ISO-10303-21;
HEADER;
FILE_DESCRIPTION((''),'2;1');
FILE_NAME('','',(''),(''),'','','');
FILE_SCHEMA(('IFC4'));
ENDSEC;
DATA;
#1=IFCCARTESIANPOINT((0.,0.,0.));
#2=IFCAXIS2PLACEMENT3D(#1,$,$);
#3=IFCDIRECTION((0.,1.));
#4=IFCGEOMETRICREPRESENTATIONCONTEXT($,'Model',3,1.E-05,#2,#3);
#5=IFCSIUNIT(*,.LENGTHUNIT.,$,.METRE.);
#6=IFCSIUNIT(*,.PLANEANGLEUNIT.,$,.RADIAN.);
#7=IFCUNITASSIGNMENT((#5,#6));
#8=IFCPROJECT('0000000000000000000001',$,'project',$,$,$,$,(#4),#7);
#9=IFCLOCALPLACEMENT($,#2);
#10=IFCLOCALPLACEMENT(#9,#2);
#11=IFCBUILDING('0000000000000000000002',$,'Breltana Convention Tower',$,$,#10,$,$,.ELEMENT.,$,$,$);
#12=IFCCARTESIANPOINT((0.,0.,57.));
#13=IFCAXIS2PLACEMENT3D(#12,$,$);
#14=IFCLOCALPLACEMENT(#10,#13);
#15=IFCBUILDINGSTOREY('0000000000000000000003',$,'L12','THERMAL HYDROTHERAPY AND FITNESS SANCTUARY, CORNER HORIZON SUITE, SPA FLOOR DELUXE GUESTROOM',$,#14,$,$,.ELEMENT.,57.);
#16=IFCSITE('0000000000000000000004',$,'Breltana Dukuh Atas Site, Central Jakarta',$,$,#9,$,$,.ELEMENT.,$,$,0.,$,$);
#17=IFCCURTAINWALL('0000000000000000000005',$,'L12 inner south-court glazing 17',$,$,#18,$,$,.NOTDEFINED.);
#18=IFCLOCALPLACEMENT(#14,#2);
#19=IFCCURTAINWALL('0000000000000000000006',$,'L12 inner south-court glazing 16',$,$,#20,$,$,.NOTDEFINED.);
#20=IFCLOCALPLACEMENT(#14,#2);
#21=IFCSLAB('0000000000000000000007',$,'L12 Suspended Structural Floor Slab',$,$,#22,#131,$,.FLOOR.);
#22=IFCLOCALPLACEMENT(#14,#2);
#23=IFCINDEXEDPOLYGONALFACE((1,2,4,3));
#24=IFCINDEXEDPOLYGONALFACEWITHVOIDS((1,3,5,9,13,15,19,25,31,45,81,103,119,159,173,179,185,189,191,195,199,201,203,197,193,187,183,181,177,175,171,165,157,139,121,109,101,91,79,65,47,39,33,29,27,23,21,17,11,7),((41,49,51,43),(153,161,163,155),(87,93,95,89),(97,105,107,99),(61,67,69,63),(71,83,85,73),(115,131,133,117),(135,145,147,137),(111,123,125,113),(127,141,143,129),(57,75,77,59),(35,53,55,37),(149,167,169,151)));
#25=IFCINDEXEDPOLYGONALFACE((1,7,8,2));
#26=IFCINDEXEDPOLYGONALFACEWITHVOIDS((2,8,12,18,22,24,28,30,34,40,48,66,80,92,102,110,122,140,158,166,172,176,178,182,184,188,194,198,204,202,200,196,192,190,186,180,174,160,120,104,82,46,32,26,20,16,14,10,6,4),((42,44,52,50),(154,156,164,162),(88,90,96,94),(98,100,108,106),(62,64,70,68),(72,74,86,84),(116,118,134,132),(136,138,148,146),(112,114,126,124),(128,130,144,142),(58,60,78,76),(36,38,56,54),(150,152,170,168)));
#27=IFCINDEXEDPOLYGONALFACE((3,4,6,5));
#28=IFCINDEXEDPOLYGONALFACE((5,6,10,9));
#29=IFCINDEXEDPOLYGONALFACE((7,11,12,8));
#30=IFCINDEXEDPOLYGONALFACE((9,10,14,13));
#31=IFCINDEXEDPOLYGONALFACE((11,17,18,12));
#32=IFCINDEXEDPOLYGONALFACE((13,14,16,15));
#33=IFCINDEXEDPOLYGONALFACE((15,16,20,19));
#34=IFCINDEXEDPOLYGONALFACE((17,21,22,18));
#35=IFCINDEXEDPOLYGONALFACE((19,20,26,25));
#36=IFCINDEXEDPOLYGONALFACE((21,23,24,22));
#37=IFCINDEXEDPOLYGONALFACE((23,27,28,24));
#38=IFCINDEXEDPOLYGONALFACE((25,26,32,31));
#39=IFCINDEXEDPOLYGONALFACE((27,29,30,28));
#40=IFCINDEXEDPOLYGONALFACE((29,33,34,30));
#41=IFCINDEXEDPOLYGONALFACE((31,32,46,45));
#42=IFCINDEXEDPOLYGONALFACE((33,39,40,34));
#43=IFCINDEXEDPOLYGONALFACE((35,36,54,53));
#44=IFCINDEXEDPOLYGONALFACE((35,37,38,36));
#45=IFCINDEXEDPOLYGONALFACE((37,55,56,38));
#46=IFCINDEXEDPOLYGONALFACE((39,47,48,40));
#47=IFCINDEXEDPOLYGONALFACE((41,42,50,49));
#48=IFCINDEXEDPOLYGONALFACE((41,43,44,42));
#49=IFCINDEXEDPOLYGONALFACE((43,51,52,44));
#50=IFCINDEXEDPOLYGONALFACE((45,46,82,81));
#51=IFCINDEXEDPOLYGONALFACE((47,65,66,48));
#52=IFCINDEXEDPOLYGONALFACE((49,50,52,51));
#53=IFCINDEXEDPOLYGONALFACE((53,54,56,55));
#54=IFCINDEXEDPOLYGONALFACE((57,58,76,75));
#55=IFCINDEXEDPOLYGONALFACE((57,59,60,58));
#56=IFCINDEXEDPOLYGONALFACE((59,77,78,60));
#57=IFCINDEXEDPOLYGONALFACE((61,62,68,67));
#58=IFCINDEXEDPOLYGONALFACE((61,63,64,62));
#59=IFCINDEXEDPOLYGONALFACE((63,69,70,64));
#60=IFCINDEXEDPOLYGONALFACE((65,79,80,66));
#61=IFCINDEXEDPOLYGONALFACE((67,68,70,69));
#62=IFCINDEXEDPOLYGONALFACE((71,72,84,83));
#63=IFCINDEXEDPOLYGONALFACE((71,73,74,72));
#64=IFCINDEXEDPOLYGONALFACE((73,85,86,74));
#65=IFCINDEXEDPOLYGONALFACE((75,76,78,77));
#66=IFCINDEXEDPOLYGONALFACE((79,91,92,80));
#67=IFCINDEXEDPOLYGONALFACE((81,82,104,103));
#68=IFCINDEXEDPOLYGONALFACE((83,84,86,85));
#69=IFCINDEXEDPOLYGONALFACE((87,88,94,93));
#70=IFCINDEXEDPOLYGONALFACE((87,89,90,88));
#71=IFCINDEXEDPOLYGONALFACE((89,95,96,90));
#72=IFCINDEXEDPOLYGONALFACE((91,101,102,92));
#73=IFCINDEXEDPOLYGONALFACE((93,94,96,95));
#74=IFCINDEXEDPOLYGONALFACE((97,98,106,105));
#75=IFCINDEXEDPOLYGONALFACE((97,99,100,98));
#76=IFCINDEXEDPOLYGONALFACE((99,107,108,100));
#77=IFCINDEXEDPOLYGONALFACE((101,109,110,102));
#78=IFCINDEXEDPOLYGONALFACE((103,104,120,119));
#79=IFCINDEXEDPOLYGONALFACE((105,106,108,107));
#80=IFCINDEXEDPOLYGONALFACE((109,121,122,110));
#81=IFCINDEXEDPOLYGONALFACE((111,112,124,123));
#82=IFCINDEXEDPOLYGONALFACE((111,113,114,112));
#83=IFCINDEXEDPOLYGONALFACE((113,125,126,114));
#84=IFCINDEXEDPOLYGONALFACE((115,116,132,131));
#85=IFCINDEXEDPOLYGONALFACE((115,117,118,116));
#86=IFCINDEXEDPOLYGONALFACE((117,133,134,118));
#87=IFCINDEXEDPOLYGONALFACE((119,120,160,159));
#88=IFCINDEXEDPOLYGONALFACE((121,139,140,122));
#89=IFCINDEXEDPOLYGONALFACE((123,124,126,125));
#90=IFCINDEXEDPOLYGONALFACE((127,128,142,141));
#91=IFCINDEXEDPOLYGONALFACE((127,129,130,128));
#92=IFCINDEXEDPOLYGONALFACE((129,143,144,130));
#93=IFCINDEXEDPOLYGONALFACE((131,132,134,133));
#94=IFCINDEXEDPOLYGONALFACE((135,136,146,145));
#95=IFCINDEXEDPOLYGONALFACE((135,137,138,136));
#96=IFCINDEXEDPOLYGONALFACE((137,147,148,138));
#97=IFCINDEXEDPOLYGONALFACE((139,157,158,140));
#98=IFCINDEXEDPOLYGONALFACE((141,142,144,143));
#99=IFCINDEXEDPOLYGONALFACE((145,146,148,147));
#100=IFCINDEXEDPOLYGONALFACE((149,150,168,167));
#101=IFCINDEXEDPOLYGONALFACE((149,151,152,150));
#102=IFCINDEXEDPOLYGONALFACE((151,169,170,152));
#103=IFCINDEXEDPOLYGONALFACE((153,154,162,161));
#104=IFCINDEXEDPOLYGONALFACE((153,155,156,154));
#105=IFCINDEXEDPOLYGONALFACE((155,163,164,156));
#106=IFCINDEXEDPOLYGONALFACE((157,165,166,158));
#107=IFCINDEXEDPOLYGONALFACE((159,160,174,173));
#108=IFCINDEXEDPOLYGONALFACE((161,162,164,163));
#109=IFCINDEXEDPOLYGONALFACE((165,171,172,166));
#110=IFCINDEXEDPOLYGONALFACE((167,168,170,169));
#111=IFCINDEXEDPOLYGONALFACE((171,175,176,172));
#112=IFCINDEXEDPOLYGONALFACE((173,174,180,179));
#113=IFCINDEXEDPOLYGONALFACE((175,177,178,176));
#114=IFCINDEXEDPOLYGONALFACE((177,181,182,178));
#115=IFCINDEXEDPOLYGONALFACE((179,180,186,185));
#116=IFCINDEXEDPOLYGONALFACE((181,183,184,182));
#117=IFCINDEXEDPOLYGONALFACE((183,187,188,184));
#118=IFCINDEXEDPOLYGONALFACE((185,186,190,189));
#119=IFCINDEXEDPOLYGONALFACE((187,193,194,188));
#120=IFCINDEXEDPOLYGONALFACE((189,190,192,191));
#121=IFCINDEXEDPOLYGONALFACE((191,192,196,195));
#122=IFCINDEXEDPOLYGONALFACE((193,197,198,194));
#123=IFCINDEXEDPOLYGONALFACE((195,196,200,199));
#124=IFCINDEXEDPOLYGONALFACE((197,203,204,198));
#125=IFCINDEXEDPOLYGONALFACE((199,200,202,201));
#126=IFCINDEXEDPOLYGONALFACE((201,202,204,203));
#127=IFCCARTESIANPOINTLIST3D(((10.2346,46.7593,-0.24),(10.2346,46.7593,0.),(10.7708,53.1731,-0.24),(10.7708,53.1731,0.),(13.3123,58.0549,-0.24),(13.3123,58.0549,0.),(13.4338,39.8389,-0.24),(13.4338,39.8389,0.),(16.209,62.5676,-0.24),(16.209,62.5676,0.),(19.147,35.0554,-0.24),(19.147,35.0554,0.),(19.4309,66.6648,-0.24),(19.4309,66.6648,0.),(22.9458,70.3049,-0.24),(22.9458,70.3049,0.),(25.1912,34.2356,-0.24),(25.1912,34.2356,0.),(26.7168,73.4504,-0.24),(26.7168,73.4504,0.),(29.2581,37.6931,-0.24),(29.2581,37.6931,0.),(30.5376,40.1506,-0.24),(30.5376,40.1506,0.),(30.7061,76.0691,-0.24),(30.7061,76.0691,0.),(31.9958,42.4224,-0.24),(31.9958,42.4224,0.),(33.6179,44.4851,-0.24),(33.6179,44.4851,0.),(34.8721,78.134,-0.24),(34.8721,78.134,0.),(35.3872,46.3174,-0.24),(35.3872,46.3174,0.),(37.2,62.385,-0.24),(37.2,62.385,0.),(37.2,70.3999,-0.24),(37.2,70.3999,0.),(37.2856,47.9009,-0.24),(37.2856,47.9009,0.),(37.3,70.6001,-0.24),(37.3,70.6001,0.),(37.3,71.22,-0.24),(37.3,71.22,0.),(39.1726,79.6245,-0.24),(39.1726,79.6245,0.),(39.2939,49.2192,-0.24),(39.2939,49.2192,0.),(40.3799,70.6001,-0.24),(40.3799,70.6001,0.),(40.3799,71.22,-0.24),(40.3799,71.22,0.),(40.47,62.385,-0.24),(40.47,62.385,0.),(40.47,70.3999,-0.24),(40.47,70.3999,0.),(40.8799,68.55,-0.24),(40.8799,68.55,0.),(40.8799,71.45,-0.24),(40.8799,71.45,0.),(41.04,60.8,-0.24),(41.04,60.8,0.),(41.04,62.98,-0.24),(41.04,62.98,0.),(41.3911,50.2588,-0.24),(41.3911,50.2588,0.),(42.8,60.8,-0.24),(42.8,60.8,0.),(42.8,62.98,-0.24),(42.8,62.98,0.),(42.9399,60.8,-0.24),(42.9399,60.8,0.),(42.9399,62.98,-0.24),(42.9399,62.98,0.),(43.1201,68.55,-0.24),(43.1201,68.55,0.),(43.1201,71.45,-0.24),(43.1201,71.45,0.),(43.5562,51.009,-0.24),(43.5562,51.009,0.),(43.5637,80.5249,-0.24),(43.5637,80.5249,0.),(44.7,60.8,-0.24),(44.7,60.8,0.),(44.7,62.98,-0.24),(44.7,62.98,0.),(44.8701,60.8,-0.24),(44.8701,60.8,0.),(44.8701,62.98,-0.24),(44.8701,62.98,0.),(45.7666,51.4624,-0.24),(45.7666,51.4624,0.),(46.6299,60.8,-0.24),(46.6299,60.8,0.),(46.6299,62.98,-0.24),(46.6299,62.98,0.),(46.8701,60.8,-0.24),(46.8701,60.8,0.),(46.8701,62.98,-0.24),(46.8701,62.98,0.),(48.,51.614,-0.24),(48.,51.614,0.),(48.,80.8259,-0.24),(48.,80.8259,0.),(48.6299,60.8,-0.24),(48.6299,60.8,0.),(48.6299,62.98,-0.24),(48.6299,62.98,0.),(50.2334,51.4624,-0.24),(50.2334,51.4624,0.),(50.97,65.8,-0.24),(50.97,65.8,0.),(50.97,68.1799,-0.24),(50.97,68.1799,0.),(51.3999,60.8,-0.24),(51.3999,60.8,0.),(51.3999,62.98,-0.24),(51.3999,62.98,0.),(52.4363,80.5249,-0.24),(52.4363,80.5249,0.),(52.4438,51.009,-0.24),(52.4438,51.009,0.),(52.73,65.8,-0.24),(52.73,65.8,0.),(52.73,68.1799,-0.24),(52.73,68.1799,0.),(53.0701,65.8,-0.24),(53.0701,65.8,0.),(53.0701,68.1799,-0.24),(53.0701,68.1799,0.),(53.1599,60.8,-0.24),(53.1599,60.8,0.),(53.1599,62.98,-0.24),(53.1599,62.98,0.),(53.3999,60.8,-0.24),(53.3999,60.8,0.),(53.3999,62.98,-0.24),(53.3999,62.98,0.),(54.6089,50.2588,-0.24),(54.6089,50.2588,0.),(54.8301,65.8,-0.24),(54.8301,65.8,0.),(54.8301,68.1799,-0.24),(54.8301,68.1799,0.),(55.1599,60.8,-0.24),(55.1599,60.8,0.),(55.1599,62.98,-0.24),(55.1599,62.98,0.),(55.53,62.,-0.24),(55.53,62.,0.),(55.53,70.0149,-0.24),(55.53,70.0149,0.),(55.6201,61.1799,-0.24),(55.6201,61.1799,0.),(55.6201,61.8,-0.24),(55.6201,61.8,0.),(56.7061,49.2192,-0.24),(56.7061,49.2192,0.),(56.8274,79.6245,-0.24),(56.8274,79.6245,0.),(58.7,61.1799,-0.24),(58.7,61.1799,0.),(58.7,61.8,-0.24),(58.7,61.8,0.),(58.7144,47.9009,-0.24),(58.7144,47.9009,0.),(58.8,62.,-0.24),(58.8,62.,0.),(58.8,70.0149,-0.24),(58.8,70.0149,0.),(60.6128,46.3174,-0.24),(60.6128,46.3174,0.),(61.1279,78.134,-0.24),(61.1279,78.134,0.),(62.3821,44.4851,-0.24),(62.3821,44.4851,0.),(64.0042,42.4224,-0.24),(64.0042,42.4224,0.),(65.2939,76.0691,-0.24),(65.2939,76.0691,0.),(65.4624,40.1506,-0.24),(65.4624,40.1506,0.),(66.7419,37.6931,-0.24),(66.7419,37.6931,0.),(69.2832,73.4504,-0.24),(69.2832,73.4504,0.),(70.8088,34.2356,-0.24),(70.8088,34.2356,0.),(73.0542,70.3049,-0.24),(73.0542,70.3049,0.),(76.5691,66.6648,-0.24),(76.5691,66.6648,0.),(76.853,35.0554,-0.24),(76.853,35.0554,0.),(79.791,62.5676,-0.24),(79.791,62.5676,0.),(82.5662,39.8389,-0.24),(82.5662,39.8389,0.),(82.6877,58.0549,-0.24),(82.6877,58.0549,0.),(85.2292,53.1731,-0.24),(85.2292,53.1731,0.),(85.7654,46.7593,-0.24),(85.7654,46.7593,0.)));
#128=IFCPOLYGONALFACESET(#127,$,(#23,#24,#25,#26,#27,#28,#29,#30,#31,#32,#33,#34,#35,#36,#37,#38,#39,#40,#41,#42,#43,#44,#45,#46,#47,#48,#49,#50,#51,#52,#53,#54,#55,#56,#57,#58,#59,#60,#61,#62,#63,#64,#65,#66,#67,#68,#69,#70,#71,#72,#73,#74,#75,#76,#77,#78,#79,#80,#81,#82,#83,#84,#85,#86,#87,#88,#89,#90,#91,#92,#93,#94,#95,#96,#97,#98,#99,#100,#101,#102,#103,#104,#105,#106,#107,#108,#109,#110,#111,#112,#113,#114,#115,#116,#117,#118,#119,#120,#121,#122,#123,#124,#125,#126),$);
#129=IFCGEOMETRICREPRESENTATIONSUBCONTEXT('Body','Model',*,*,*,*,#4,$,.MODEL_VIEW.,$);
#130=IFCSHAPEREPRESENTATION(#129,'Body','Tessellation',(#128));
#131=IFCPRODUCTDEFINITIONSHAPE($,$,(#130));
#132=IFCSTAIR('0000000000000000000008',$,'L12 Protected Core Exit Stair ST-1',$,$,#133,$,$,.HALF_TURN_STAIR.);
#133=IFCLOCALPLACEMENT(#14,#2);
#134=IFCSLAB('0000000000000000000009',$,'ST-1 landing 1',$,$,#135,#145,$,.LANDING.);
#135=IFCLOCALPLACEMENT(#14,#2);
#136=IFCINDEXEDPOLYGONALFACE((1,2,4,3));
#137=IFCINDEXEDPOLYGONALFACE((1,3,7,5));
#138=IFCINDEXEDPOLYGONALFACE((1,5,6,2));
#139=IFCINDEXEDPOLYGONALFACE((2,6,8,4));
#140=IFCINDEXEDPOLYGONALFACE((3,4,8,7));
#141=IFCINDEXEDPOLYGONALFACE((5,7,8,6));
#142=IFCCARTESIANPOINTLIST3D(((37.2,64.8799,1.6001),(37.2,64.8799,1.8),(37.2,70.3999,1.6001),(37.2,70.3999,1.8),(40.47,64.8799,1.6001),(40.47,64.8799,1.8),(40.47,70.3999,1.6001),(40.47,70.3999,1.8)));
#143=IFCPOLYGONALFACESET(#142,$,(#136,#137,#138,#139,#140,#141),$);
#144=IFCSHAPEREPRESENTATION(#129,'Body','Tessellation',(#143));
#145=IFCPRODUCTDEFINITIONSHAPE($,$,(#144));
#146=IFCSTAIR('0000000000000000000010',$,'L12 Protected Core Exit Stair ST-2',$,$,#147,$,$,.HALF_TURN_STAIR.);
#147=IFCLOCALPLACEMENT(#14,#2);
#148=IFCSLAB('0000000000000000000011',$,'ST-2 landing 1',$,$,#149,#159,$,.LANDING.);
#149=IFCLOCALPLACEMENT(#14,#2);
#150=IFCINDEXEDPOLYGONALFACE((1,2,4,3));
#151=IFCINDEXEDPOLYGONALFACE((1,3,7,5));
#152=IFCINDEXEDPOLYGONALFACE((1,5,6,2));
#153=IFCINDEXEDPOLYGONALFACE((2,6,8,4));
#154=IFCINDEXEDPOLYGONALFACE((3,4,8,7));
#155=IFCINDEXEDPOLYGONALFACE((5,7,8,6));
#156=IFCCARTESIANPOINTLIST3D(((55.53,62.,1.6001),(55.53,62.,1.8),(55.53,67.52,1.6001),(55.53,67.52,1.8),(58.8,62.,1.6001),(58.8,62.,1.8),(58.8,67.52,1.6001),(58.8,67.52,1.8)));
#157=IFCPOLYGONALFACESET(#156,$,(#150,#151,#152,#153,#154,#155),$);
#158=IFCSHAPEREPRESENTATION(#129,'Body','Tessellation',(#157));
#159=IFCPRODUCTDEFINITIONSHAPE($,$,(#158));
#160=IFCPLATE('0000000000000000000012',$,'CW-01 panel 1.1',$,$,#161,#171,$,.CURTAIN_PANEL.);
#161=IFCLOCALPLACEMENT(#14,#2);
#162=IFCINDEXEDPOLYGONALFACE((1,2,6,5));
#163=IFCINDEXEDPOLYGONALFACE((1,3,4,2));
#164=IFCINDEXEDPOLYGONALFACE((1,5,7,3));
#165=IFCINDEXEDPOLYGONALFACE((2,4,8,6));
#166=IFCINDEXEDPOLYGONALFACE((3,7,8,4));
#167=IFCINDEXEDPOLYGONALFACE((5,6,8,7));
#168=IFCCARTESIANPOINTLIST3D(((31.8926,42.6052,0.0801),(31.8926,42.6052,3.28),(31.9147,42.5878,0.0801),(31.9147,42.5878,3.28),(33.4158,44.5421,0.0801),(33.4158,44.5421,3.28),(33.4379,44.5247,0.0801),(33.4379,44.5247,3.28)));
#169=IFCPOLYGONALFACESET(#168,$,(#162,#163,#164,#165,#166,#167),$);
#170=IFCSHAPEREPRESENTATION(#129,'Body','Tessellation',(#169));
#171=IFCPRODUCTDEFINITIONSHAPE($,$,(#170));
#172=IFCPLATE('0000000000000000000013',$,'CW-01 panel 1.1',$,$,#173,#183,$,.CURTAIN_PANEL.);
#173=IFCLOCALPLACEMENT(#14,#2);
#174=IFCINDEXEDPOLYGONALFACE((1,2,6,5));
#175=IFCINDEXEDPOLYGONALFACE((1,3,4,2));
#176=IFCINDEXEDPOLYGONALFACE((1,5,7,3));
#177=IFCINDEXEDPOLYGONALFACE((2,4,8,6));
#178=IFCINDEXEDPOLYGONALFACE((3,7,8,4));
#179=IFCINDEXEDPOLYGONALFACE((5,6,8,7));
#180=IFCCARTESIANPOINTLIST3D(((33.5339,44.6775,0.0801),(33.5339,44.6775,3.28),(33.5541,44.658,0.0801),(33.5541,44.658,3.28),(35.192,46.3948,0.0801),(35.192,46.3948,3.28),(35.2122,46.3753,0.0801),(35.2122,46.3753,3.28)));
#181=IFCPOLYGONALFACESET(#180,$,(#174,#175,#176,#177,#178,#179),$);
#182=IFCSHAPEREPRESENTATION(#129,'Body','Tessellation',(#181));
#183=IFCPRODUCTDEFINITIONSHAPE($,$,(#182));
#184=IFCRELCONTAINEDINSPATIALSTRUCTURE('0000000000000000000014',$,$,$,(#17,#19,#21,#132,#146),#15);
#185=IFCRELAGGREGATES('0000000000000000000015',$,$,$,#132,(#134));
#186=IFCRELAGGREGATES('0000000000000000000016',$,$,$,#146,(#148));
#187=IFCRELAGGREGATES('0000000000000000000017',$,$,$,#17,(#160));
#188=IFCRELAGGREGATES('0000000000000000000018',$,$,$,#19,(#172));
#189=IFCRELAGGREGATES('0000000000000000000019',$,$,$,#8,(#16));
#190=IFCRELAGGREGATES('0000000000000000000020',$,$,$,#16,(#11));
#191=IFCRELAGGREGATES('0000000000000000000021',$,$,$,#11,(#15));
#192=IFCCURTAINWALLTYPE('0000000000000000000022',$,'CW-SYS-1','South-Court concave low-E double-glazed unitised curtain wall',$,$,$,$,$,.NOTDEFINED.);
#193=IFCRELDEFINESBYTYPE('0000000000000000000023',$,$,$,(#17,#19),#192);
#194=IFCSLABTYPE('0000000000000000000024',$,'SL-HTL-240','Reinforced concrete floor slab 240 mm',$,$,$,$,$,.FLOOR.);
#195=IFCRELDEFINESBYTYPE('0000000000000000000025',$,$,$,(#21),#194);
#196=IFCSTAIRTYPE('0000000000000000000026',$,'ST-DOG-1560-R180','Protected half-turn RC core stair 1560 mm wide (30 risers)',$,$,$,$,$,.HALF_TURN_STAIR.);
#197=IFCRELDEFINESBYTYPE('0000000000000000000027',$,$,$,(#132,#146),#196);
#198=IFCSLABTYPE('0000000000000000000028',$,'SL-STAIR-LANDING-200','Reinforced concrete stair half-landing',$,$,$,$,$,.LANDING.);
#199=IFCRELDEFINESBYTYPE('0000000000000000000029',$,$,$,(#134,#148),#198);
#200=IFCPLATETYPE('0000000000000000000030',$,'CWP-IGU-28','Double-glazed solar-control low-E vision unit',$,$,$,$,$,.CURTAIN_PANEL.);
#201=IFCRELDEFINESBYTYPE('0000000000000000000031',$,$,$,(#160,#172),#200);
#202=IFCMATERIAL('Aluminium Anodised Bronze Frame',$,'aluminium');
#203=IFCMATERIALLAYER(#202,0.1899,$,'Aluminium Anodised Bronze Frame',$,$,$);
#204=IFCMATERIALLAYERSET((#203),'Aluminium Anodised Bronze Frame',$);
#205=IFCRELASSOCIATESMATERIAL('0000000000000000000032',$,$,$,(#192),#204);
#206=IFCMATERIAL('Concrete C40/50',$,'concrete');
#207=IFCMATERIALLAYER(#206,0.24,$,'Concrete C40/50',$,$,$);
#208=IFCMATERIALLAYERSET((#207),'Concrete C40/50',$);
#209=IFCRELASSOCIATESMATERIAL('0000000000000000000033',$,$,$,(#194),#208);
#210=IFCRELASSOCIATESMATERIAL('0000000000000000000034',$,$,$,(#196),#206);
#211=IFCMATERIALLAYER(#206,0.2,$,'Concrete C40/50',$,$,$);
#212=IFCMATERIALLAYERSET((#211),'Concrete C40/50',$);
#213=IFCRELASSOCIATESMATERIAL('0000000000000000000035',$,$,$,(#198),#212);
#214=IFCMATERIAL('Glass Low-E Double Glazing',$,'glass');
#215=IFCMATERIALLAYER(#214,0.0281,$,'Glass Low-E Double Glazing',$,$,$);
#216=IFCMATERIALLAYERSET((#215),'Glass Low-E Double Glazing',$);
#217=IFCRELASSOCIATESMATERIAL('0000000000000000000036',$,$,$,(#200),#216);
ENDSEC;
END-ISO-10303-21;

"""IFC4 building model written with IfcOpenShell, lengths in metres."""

from ifc_helpers import new_model, si_unit, direction, frame, origin, origin_2d, place, context, subcontext, project, spatial, polyline, rectangle, outline, extrude, source, transform, mapped, material, layer, layer_set, type_object, element, aggregate, save


model = new_model("IFC4")

# Units and contexts
model_context = context("Model", 3, precision=1e-05, world=origin(), true_north=direction((0.0, 1.0)))
body_context = subcontext(model_context, "Body", "Model", "MODEL_VIEW")
ifc_project = project(units=[si_unit("LENGTHUNIT", "METRE"), si_unit("PLANEANGLEUNIT", "RADIAN")], contexts=[model_context])

# Site, building, storey
site_placement = place(None, origin())
site = spatial("IfcSite", under=ifc_project, at=site_placement, Name="Breltana Dukuh Atas Site, Central Jakarta", CompositionType="ELEMENT", RefElevation=0.0)
building_placement = place(site_placement, origin())
building = spatial("IfcBuilding", under=site, at=building_placement, Name="Breltana Convention Tower", CompositionType="ELEMENT")
storey_placement = place(building_placement, frame((0.0, 0.0, 57.0)))
storey = spatial("IfcBuildingStorey", under=building, at=storey_placement, Name="L12", Description="THERMAL HYDROTHERAPY AND FITNESS SANCTUARY, CORNER HORIZON SUITE, SPA FLOOR DELUXE GUESTROOM", CompositionType="ELEMENT", Elevation=57.0)

# Curtain wall
ifc_material_1 = material(Name="Aluminium Anodised Bronze Frame", Category="aluminium")
ifc_layer_1 = layer(ifc_material_1, 0.1899, Name="Aluminium Anodised Bronze Frame")
ifc_layer_set_1 = layer_set([ifc_layer_1], Name="Aluminium Anodised Bronze Frame")
curtain_wall_type = type_object("IfcCurtainWallType", Name="CW-SYS-1", Description="South-Court concave low-E double-glazed unitised curtain wall", PredefinedType="NOTDEFINED", material=ifc_layer_set_1)
curtain_wall_1_placement = place(storey_placement, origin())
curtain_wall_1 = element("IfcCurtainWall", 1, at=curtain_wall_1_placement, inside=storey, type_object=curtain_wall_type, Name="L12 inner south-court glazing 17", PredefinedType="NOTDEFINED")

# Curtain wall
curtain_wall_2_placement = place(storey_placement, origin())
curtain_wall_2 = element("IfcCurtainWall", 2, at=curtain_wall_2_placement, inside=storey, type_object=curtain_wall_type, Name="L12 inner south-court glazing 16", PredefinedType="NOTDEFINED")

# Slab
ifc_material_2 = material(Name="Concrete C40/50", Category="concrete")
ifc_layer_2 = layer(ifc_material_2, 0.24, Name="Concrete C40/50")
ifc_layer_set_2 = layer_set([ifc_layer_2], Name="Concrete C40/50")
slab_type_1 = type_object("IfcSlabType", Name="SL-HTL-240", Description="Reinforced concrete floor slab 240 mm", PredefinedType="FLOOR", material=ifc_layer_set_2)
slab_1_placement = place(storey_placement, frame((0.0, 0.0, -0.24)))
element("IfcSlab", 3, at=slab_1_placement, inside=storey, type_object=slab_type_1, Name="L12 Suspended Structural Floor Slab", PredefinedType="FLOOR", context=body_context, shape_type="SweptSolid", body=[
    extrude(outline(polyline([(85.2292, 53.1731), (82.6877, 58.0549), (79.791, 62.5676), (76.5691, 66.6648), (73.0542, 70.3049), (69.2832, 73.4504), (65.2939, 76.0691), (61.1279, 78.134), (56.8274, 79.6245), (52.4363, 80.5249), (48.0, 80.8259), (43.5637, 80.5249), (39.1726, 79.6245), (34.8721, 78.134), (30.7061, 76.0691), (26.7168, 73.4504), (22.9458, 70.3049), (19.4309, 66.6648), (16.209, 62.5676), (13.3123, 58.0549), (10.7708, 53.1731), (10.2346, 46.7593), (13.4338, 39.8389), (19.147, 35.0554), (25.1912, 34.2356), (29.2581, 37.6931), (30.5376, 40.1506), (31.9958, 42.4224), (33.6179, 44.4851), (35.3872, 46.3174), (37.2856, 47.9009), (39.2939, 49.2192), (41.3911, 50.2588), (43.5562, 51.009), (45.7666, 51.4624), (48.0, 51.614), (50.2334, 51.4624), (52.4438, 51.009), (54.6089, 50.2588), (56.7061, 49.2192), (58.7144, 47.9009), (60.6128, 46.3174), (62.3821, 44.4851), (64.0042, 42.4224), (65.4624, 40.1506), (66.7419, 37.6931), (70.8088, 34.2356), (76.853, 35.0554), (82.5662, 39.8389), (85.7654, 46.7593), (85.2292, 53.1731)]), holes=[polyline([(37.2, 62.385), (40.47, 62.385), (40.47, 70.3999), (37.2, 70.3999), (37.2, 62.385)]), polyline([(55.53, 62.0), (58.8, 62.0), (58.8, 70.0149), (55.53, 70.0149), (55.53, 62.0)]), polyline([(41.04, 60.8), (42.8, 60.8), (42.8, 62.98), (41.04, 62.98), (41.04, 60.8)]), polyline([(42.9399, 60.8), (44.7, 60.8), (44.7, 62.98), (42.9399, 62.98), (42.9399, 60.8)]), polyline([(44.8701, 60.8), (46.6299, 60.8), (46.6299, 62.98), (44.8701, 62.98), (44.8701, 60.8)]), polyline([(46.8701, 60.8), (48.6299, 60.8), (48.6299, 62.98), (46.8701, 62.98), (46.8701, 60.8)]), polyline([(51.3999, 60.8), (53.1599, 60.8), (53.1599, 62.98), (51.3999, 62.98), (51.3999, 60.8)]), polyline([(53.3999, 60.8), (55.1599, 60.8), (55.1599, 62.98), (53.3999, 62.98), (53.3999, 60.8)]), polyline([(50.97, 65.8), (52.73, 65.8), (52.73, 68.1799), (50.97, 68.1799), (50.97, 65.8)]), polyline([(53.0701, 65.8), (54.8301, 65.8), (54.8301, 68.1799), (53.0701, 68.1799), (53.0701, 65.8)]), polyline([(40.8799, 68.55), (43.1201, 68.55), (43.1201, 71.45), (40.8799, 71.45), (40.8799, 68.55)]), polyline([(37.3, 70.6001), (40.3799, 70.6001), (40.3799, 71.22), (37.3, 71.22), (37.3, 70.6001)]), polyline([(55.6201, 61.1799), (58.7, 61.1799), (58.7, 61.8), (55.6201, 61.8), (55.6201, 61.1799)])]), origin(), (0.0, 0.0, 1.0), 0.24),
])

# Stairs, slabs
stair_type = type_object("IfcStairType", Name="ST-DOG-1560-R180", Description="Protected half-turn RC core stair 1560 mm wide (30 risers)", PredefinedType="HALF_TURN_STAIR", material=ifc_material_2)
stair_1_placement = place(storey_placement, origin())
stair_1 = element("IfcStair", 4, at=stair_1_placement, inside=storey, type_object=stair_type, Name="L12 Protected Core Exit Stair ST-1", PredefinedType="HALF_TURN_STAIR")
ifc_layer_3 = layer(ifc_material_2, 0.2, Name="Concrete C40/50")
ifc_layer_set_3 = layer_set([ifc_layer_3], Name="Concrete C40/50")
slab_type_2 = type_object("IfcSlabType", Name="SL-STAIR-LANDING-200", Description="Reinforced concrete stair half-landing", PredefinedType="LANDING", material=ifc_layer_set_3)
slab_2_placement = place(storey_placement, frame((0.0, 0.0, 1.6001)))
slab_2 = element("IfcSlab", 5, at=slab_2_placement, type_object=slab_type_2, Name="ST-1 landing 1", PredefinedType="LANDING", context=body_context, shape_type="SweptSolid", body=[
    extrude(outline(polyline([(40.47, 64.8799), (40.47, 70.3999), (37.2, 70.3999), (37.2, 64.8799), (40.47, 64.8799)])), origin(), (0.0, 0.0, 1.0), 0.2),
])
aggregate(stair_1, [slab_2])
stair_2_placement = place(storey_placement, origin())
stair_2 = element("IfcStair", 6, at=stair_2_placement, inside=storey, type_object=stair_type, Name="L12 Protected Core Exit Stair ST-2", PredefinedType="HALF_TURN_STAIR")
slab_3_placement = place(storey_placement, frame((0.0, 0.0, 1.6001)))
slab_3 = element("IfcSlab", 7, at=slab_3_placement, type_object=slab_type_2, Name="ST-2 landing 1", PredefinedType="LANDING", context=body_context, shape_type="SweptSolid", body=[
    extrude(outline(polyline([(55.53, 67.52), (55.53, 62.0), (58.8, 62.0), (58.8, 67.52), (55.53, 67.52)])), origin(), (0.0, 0.0, 1.0), 0.2),
])
aggregate(stair_2, [slab_3])

# Plates
ifc_material_3 = material(Name="Glass Low-E Double Glazing", Category="glass")
ifc_layer_4 = layer(ifc_material_3, 0.0281, Name="Glass Low-E Double Glazing")
ifc_layer_set_4 = layer_set([ifc_layer_4], Name="Glass Low-E Double Glazing")
plate_type = type_object("IfcPlateType", Name="CWP-IGU-28", Description="Double-glazed solar-control low-E vision unit", PredefinedType="CURTAIN_PANEL", material=ifc_layer_set_4)
shared_shape_1 = source(origin(), body_context, "Body", "SweptSolid", [
    extrude(rectangle(XDim=2.4641, YDim=0.0281, at=origin_2d()), origin(), (0.0, 0.0, 1.0), 3.2),
])
plate_1_placement = place(storey_placement, frame((32.6653, 43.5649, 0.0801), z_axis=(0.0, 0.0, 1.0), x_axis=(-0.618153, -0.786058, 0.0)))
plate_1 = element("IfcPlate", 8, at=plate_1_placement, type_object=plate_type, Name="CW-01 panel 1.1", PredefinedType="CURTAIN_PANEL", context=body_context, shape_type="MappedRepresentation", body=[
    mapped(shared_shape_1, transform((0.0, 0.0, 0.0), scale=1.0)),
])
aggregate(curtain_wall_1, [plate_1])
shared_shape_2 = source(origin(), body_context, "Body", "SweptSolid", [
    extrude(rectangle(XDim=2.3872, YDim=0.0281, at=origin_2d()), origin(), (0.0, 0.0, 1.0), 3.2),
])
plate_2_placement = place(storey_placement, frame((34.373, 45.5264, 0.0801), z_axis=(0.0, 0.0, 1.0), x_axis=(-0.694612, -0.719385, 0.0)))
plate_2 = element("IfcPlate", 9, at=plate_2_placement, type_object=plate_type, Name="CW-01 panel 1.1", PredefinedType="CURTAIN_PANEL", context=body_context, shape_type="MappedRepresentation", body=[
    mapped(shared_shape_2, transform((0.0, 0.0, 0.0), scale=1.0)),
])
aggregate(curtain_wall_2, [plate_2])

save(model, "model.ifc")
